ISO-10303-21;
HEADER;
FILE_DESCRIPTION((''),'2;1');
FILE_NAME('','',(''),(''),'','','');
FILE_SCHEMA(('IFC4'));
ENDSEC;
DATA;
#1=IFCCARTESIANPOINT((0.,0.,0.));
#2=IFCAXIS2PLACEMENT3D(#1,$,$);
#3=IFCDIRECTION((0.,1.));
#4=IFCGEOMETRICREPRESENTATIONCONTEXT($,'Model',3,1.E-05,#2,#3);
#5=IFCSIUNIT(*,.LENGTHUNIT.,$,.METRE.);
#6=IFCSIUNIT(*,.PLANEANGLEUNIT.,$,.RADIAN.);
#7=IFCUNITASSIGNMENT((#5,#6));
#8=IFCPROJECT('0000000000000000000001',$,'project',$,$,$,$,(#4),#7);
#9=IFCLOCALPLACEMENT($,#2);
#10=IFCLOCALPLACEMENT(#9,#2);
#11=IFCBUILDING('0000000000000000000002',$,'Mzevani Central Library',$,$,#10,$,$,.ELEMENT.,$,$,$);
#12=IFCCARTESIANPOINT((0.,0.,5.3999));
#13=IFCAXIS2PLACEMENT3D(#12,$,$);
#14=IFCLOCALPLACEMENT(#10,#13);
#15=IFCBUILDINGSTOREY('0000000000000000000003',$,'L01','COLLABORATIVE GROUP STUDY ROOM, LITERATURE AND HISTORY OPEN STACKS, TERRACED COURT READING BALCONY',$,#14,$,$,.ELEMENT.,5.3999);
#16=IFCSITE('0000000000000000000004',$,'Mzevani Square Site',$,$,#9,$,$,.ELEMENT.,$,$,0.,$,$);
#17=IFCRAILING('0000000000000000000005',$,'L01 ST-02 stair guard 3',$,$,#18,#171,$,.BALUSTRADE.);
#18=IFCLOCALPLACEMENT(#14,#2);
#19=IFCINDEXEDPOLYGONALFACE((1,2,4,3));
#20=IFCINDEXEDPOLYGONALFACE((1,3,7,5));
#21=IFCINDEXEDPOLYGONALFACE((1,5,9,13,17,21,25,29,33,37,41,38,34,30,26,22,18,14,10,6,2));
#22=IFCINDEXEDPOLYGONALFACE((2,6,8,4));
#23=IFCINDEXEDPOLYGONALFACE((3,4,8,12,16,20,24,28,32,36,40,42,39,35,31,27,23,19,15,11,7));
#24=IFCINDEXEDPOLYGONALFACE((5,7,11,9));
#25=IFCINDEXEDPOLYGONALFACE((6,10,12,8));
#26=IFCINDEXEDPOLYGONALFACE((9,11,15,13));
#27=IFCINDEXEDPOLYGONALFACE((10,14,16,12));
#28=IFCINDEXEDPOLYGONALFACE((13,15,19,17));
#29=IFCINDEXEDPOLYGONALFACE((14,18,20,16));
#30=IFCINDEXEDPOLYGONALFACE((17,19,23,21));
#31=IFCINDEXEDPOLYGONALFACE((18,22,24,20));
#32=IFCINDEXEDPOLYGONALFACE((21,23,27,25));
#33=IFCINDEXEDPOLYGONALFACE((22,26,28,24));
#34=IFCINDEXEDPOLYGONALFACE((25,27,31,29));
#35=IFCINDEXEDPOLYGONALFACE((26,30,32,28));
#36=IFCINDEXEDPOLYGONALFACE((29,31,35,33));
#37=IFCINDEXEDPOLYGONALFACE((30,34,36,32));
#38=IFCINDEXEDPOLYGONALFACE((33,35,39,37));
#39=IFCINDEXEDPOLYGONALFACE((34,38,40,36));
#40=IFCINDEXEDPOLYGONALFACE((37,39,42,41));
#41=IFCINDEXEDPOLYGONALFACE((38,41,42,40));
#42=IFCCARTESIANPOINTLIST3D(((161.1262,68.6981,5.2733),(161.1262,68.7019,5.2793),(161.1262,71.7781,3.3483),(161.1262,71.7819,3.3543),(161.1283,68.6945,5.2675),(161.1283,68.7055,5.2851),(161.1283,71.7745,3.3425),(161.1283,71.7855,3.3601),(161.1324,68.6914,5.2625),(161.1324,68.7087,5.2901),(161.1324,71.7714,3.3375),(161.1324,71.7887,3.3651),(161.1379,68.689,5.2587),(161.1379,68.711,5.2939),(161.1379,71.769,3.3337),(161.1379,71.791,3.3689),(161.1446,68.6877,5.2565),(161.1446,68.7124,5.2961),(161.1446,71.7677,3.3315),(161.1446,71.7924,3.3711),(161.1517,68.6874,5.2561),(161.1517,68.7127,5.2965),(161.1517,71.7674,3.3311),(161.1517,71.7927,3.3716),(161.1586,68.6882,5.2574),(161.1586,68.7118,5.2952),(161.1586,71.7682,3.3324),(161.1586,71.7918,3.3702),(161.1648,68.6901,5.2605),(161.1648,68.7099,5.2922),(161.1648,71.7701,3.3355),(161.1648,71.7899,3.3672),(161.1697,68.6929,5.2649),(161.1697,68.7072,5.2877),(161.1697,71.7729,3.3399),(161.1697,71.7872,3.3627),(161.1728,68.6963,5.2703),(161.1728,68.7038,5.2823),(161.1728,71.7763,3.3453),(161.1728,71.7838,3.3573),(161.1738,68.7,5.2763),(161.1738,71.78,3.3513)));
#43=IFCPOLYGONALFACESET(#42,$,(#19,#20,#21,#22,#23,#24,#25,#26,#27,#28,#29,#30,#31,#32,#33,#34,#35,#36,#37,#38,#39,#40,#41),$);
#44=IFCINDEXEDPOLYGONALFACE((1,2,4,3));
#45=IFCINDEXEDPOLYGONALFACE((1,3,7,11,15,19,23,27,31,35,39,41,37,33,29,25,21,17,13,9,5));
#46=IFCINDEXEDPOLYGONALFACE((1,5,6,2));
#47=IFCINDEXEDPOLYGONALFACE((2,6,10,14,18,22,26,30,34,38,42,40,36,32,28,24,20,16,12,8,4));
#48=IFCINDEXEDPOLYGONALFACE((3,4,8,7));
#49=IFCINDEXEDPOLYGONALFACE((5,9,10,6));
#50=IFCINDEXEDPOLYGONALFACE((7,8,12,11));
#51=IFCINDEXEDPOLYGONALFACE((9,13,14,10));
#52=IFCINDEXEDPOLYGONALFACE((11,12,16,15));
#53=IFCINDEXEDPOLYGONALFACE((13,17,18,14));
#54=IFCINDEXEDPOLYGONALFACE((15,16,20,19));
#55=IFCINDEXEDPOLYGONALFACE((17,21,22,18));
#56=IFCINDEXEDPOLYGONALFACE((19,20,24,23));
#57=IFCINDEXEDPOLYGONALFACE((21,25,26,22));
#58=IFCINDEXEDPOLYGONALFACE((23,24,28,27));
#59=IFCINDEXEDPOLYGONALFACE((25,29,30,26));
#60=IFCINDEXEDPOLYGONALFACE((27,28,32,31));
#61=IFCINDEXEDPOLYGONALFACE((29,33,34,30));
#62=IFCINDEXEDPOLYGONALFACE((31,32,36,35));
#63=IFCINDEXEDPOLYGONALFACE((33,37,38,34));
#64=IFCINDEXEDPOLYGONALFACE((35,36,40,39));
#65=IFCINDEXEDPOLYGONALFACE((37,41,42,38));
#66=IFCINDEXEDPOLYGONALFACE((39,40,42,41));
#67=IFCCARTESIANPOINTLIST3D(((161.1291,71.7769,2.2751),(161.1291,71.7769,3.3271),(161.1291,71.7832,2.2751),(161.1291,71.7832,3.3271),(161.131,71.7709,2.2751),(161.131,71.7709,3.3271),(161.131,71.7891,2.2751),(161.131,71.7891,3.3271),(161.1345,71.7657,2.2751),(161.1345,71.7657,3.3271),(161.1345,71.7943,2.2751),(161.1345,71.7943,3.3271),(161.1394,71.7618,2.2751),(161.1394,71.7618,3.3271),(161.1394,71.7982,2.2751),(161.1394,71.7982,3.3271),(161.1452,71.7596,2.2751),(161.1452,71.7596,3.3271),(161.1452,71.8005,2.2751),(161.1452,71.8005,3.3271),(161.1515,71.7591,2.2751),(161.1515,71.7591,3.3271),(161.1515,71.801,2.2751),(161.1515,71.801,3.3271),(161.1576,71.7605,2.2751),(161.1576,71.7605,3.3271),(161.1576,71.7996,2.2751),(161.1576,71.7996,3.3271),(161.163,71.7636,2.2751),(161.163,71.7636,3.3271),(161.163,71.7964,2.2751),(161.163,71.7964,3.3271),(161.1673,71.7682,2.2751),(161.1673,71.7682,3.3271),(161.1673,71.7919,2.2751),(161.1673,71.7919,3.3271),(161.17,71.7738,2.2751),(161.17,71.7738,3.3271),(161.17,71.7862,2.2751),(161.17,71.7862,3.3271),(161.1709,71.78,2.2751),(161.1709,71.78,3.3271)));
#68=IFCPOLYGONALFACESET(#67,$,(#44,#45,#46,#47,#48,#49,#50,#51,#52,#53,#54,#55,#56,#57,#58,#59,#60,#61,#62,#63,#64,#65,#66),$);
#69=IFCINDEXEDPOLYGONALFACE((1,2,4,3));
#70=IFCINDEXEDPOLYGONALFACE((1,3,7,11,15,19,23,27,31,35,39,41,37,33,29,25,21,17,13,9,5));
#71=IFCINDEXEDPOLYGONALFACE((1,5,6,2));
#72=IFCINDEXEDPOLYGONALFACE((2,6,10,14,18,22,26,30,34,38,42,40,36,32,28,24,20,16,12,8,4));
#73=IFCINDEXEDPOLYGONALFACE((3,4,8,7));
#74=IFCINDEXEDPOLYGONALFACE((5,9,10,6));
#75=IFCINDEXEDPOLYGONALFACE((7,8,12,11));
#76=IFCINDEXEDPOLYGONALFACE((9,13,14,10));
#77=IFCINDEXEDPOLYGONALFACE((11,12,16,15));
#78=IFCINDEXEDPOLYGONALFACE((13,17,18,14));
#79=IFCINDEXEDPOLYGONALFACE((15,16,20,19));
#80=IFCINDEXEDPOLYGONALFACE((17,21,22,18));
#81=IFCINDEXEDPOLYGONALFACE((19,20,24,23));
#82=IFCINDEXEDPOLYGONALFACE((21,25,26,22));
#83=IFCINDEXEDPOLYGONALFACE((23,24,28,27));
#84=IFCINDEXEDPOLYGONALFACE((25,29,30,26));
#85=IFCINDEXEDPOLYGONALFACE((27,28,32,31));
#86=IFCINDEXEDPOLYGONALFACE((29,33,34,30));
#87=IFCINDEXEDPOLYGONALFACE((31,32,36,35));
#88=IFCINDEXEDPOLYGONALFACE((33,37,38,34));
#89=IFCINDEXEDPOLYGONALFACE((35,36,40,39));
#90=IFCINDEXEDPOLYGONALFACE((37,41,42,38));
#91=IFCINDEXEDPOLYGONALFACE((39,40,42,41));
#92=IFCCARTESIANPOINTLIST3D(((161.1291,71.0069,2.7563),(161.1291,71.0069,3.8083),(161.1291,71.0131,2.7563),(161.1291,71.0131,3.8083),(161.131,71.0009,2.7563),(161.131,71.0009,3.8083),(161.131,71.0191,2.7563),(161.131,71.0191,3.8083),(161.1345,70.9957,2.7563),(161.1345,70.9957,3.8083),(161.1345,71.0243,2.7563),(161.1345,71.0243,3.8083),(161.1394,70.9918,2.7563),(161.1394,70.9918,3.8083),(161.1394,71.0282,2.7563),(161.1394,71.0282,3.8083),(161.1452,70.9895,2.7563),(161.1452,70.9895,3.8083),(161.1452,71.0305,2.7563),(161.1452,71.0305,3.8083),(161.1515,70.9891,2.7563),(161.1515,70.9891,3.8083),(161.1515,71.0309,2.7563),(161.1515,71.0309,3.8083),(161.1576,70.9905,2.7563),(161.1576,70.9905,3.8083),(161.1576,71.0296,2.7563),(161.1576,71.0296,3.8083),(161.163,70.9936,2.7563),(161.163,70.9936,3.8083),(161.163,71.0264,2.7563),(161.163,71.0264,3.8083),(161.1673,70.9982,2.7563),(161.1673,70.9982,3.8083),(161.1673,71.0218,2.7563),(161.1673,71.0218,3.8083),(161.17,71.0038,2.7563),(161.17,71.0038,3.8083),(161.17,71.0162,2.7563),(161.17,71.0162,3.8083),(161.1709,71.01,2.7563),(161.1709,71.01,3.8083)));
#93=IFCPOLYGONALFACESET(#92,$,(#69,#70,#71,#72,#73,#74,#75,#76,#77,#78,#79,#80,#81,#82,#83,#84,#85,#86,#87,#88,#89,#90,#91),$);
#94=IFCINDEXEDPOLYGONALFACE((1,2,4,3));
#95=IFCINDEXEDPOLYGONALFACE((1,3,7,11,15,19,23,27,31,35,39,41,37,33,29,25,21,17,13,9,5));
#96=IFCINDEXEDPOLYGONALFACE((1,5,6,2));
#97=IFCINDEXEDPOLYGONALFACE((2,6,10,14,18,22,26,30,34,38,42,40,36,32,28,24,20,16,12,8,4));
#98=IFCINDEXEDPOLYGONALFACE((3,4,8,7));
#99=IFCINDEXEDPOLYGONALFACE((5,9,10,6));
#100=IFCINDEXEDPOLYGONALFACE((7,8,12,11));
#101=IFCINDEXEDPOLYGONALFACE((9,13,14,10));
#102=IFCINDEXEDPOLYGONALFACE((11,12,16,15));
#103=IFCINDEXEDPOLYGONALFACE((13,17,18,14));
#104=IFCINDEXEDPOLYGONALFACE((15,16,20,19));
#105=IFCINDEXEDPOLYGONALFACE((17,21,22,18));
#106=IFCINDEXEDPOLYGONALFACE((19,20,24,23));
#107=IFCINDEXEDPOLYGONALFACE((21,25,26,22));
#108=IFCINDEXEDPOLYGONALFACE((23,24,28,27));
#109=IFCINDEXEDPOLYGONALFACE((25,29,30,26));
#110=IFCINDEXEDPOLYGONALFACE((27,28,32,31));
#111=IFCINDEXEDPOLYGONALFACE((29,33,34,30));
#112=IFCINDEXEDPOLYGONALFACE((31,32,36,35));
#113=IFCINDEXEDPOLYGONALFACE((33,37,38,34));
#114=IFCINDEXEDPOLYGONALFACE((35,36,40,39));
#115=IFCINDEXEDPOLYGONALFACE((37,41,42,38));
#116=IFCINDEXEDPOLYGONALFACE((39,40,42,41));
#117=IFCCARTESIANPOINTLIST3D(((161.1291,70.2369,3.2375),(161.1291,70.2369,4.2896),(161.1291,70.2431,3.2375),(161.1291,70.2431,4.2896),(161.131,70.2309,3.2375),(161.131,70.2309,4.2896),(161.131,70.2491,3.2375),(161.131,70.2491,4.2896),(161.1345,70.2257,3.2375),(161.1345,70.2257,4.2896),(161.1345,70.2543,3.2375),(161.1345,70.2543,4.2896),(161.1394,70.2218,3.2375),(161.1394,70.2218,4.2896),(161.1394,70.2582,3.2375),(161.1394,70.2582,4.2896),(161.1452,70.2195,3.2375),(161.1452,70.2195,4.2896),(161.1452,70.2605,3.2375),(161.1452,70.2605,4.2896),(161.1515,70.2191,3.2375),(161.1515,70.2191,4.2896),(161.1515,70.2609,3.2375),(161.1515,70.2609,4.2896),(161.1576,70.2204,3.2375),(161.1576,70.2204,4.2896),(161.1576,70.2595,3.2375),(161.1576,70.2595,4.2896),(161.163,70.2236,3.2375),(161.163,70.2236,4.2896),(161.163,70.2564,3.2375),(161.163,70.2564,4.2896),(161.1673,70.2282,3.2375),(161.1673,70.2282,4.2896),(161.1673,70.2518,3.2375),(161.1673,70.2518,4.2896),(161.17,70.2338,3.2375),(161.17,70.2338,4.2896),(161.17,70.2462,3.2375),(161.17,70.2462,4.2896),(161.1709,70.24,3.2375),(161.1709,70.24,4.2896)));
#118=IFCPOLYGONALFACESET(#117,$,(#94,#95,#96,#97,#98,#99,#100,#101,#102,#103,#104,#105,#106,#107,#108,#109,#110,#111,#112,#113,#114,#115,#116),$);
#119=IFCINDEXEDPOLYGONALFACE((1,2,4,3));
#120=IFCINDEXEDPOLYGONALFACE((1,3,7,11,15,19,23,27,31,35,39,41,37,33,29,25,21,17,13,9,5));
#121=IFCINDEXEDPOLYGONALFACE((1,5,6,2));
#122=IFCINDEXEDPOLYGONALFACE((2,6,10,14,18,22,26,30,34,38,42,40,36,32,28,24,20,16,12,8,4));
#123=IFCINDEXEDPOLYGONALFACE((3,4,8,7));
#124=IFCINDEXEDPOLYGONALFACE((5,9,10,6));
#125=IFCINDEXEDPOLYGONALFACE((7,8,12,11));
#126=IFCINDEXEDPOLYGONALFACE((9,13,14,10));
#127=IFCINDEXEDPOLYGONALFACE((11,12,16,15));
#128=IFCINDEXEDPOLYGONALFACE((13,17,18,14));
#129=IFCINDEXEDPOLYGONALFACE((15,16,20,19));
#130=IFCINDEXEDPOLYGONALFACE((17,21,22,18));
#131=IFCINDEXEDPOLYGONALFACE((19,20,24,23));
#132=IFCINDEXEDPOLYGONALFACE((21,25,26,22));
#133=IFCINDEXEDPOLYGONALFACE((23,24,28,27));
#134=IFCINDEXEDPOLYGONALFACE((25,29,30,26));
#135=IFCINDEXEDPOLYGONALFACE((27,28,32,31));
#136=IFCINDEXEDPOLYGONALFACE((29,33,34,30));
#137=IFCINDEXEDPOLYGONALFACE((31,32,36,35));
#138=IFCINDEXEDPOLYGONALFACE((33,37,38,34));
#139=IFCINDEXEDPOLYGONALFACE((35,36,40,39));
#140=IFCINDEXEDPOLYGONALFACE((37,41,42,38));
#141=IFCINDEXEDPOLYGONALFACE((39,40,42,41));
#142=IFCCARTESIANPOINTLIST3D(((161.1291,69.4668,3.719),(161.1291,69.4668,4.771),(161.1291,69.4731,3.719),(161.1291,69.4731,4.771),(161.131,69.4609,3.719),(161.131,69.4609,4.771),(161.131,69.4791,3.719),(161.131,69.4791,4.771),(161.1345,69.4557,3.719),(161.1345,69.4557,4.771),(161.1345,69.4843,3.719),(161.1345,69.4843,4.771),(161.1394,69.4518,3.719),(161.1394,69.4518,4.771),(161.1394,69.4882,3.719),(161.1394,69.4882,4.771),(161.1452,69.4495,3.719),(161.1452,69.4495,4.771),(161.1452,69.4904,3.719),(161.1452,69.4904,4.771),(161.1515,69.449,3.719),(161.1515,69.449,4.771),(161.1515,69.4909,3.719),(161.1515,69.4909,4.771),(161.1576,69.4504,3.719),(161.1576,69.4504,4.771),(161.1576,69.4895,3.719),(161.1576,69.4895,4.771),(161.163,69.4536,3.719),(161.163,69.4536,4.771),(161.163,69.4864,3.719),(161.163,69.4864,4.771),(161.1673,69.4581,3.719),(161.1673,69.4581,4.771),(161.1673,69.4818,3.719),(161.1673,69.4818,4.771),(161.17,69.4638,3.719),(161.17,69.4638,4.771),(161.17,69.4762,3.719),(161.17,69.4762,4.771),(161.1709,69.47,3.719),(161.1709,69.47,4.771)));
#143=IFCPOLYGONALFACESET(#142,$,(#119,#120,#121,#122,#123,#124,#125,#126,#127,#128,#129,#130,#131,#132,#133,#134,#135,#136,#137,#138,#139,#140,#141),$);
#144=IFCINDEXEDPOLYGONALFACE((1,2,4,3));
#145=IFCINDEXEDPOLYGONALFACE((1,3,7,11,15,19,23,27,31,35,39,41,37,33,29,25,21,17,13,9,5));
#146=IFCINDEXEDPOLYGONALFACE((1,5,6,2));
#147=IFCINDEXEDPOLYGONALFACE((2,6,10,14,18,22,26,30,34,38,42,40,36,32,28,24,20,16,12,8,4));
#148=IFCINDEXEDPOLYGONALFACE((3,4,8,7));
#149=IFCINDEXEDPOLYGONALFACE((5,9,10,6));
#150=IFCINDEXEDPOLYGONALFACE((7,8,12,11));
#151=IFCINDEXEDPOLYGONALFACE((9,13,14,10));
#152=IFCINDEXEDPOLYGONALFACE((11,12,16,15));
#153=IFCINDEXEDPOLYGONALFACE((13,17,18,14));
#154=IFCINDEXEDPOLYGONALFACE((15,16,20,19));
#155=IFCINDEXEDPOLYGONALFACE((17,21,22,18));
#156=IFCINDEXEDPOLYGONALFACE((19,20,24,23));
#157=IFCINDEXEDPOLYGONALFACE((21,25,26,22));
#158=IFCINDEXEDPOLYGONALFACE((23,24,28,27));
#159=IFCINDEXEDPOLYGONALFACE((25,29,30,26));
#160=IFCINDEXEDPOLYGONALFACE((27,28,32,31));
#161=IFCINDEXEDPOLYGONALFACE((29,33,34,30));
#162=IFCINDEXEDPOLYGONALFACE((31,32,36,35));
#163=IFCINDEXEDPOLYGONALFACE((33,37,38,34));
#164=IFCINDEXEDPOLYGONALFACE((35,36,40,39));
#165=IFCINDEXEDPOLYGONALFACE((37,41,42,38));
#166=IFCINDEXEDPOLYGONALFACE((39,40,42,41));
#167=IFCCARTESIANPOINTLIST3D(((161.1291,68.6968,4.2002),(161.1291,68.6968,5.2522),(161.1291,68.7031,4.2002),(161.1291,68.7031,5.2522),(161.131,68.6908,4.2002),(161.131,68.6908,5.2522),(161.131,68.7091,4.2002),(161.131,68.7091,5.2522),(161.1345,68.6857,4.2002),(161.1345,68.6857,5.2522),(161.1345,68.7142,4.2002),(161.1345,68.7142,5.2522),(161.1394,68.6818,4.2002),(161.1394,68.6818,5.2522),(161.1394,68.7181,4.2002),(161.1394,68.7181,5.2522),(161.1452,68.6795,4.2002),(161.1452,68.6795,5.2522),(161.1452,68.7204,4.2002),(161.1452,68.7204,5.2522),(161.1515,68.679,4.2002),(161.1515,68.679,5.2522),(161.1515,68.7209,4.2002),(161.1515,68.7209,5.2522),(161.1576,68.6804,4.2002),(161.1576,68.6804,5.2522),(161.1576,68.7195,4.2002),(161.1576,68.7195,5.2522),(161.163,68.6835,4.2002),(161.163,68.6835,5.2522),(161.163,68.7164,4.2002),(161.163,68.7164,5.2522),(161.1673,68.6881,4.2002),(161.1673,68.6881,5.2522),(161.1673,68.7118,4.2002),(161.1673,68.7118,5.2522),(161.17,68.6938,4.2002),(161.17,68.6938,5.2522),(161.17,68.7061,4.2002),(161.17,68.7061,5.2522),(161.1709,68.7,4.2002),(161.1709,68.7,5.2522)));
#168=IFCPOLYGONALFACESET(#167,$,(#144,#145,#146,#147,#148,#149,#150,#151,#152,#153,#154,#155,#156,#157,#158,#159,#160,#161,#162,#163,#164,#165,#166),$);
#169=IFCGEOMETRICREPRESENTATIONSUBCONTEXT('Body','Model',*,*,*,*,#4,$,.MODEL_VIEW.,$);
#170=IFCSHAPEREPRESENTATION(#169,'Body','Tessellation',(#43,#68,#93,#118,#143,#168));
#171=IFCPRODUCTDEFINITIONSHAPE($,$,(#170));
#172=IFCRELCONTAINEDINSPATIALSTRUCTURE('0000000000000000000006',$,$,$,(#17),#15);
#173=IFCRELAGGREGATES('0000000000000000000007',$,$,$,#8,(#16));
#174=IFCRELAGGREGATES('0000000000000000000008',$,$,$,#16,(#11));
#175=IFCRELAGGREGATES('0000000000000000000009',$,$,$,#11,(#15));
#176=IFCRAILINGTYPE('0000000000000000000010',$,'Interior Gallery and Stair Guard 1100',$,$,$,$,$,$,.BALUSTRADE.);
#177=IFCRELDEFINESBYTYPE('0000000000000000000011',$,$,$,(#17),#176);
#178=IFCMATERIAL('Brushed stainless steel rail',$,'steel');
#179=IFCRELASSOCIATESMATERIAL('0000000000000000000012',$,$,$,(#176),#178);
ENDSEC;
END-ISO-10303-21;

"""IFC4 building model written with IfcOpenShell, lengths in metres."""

from ifc_helpers import new_model, si_unit, direction, frame, origin, origin_2d, place, context, subcontext, project, spatial, circle, extrude, material, type_object, element, save


model = new_model("IFC4")

# Units and contexts
model_context = context("Model", 3, precision=1e-05, world=origin(), true_north=direction((0.0, 1.0)))
body_context = subcontext(model_context, "Body", "Model", "MODEL_VIEW")
ifc_project = project(units=[si_unit("LENGTHUNIT", "METRE"), si_unit("PLANEANGLEUNIT", "RADIAN")], contexts=[model_context])

# Site, building, storey
site_placement = place(None, origin())
site = spatial("IfcSite", under=ifc_project, at=site_placement, Name="Mzevani Square Site", CompositionType="ELEMENT", RefElevation=0.0)
building_placement = place(site_placement, origin())
building = spatial("IfcBuilding", under=site, at=building_placement, Name="Mzevani Central Library", CompositionType="ELEMENT")
storey_placement = place(building_placement, frame((0.0, 0.0, 5.3999)))
storey = spatial("IfcBuildingStorey", under=building, at=storey_placement, Name="L01", Description="COLLABORATIVE GROUP STUDY ROOM, LITERATURE AND HISTORY OPEN STACKS, TERRACED COURT READING BALCONY", CompositionType="ELEMENT", Elevation=5.3999)

# Railing
ifc_material_1 = material(Name="Brushed stainless steel rail", Category="steel")
railing_type_1 = type_object("IfcRailingType", Name="Interior Gallery and Stair Guard 1100", PredefinedType="BALUSTRADE", material=ifc_material_1)
railing_1_placement = place(storey_placement, frame((161.1499, 71.78, 2.2751)))
element("IfcRailing", 1, at=railing_1_placement, inside=storey, type_object=railing_type_1, Name="L01 ST-02 stair guard 3", PredefinedType="BALUSTRADE", context=body_context, shape_type="SweptSolid", body=[
    extrude(circle(Radius=0.0239, at=origin_2d()), frame((0.0, 0.0, 1.0762), z_axis=(0.0, -0.847998, 0.529999), x_axis=(1.0, 0.0, 0.0)), (0.0, 0.0, 1.0), 3.6321),
    extrude(circle(Radius=0.021, at=origin_2d()), origin(), (0.0, 0.0, 1.0), 1.052),
    extrude(circle(Radius=0.021, at=origin_2d()), frame((0.0, -0.77, 0.4812)), (0.0, 0.0, 1.0), 1.052),
    extrude(circle(Radius=0.021, at=origin_2d()), frame((0.0, -1.54, 0.9624)), (0.0, 0.0, 1.0), 1.052),
    extrude(circle(Radius=0.021, at=origin_2d()), frame((0.0, -2.3101, 1.4438)), (0.0, 0.0, 1.0), 1.052),
    extrude(circle(Radius=0.021, at=origin_2d()), frame((0.0, -3.0801, 1.925)), (0.0, 0.0, 1.0), 1.052),
])

save(model, "model.ifc")
